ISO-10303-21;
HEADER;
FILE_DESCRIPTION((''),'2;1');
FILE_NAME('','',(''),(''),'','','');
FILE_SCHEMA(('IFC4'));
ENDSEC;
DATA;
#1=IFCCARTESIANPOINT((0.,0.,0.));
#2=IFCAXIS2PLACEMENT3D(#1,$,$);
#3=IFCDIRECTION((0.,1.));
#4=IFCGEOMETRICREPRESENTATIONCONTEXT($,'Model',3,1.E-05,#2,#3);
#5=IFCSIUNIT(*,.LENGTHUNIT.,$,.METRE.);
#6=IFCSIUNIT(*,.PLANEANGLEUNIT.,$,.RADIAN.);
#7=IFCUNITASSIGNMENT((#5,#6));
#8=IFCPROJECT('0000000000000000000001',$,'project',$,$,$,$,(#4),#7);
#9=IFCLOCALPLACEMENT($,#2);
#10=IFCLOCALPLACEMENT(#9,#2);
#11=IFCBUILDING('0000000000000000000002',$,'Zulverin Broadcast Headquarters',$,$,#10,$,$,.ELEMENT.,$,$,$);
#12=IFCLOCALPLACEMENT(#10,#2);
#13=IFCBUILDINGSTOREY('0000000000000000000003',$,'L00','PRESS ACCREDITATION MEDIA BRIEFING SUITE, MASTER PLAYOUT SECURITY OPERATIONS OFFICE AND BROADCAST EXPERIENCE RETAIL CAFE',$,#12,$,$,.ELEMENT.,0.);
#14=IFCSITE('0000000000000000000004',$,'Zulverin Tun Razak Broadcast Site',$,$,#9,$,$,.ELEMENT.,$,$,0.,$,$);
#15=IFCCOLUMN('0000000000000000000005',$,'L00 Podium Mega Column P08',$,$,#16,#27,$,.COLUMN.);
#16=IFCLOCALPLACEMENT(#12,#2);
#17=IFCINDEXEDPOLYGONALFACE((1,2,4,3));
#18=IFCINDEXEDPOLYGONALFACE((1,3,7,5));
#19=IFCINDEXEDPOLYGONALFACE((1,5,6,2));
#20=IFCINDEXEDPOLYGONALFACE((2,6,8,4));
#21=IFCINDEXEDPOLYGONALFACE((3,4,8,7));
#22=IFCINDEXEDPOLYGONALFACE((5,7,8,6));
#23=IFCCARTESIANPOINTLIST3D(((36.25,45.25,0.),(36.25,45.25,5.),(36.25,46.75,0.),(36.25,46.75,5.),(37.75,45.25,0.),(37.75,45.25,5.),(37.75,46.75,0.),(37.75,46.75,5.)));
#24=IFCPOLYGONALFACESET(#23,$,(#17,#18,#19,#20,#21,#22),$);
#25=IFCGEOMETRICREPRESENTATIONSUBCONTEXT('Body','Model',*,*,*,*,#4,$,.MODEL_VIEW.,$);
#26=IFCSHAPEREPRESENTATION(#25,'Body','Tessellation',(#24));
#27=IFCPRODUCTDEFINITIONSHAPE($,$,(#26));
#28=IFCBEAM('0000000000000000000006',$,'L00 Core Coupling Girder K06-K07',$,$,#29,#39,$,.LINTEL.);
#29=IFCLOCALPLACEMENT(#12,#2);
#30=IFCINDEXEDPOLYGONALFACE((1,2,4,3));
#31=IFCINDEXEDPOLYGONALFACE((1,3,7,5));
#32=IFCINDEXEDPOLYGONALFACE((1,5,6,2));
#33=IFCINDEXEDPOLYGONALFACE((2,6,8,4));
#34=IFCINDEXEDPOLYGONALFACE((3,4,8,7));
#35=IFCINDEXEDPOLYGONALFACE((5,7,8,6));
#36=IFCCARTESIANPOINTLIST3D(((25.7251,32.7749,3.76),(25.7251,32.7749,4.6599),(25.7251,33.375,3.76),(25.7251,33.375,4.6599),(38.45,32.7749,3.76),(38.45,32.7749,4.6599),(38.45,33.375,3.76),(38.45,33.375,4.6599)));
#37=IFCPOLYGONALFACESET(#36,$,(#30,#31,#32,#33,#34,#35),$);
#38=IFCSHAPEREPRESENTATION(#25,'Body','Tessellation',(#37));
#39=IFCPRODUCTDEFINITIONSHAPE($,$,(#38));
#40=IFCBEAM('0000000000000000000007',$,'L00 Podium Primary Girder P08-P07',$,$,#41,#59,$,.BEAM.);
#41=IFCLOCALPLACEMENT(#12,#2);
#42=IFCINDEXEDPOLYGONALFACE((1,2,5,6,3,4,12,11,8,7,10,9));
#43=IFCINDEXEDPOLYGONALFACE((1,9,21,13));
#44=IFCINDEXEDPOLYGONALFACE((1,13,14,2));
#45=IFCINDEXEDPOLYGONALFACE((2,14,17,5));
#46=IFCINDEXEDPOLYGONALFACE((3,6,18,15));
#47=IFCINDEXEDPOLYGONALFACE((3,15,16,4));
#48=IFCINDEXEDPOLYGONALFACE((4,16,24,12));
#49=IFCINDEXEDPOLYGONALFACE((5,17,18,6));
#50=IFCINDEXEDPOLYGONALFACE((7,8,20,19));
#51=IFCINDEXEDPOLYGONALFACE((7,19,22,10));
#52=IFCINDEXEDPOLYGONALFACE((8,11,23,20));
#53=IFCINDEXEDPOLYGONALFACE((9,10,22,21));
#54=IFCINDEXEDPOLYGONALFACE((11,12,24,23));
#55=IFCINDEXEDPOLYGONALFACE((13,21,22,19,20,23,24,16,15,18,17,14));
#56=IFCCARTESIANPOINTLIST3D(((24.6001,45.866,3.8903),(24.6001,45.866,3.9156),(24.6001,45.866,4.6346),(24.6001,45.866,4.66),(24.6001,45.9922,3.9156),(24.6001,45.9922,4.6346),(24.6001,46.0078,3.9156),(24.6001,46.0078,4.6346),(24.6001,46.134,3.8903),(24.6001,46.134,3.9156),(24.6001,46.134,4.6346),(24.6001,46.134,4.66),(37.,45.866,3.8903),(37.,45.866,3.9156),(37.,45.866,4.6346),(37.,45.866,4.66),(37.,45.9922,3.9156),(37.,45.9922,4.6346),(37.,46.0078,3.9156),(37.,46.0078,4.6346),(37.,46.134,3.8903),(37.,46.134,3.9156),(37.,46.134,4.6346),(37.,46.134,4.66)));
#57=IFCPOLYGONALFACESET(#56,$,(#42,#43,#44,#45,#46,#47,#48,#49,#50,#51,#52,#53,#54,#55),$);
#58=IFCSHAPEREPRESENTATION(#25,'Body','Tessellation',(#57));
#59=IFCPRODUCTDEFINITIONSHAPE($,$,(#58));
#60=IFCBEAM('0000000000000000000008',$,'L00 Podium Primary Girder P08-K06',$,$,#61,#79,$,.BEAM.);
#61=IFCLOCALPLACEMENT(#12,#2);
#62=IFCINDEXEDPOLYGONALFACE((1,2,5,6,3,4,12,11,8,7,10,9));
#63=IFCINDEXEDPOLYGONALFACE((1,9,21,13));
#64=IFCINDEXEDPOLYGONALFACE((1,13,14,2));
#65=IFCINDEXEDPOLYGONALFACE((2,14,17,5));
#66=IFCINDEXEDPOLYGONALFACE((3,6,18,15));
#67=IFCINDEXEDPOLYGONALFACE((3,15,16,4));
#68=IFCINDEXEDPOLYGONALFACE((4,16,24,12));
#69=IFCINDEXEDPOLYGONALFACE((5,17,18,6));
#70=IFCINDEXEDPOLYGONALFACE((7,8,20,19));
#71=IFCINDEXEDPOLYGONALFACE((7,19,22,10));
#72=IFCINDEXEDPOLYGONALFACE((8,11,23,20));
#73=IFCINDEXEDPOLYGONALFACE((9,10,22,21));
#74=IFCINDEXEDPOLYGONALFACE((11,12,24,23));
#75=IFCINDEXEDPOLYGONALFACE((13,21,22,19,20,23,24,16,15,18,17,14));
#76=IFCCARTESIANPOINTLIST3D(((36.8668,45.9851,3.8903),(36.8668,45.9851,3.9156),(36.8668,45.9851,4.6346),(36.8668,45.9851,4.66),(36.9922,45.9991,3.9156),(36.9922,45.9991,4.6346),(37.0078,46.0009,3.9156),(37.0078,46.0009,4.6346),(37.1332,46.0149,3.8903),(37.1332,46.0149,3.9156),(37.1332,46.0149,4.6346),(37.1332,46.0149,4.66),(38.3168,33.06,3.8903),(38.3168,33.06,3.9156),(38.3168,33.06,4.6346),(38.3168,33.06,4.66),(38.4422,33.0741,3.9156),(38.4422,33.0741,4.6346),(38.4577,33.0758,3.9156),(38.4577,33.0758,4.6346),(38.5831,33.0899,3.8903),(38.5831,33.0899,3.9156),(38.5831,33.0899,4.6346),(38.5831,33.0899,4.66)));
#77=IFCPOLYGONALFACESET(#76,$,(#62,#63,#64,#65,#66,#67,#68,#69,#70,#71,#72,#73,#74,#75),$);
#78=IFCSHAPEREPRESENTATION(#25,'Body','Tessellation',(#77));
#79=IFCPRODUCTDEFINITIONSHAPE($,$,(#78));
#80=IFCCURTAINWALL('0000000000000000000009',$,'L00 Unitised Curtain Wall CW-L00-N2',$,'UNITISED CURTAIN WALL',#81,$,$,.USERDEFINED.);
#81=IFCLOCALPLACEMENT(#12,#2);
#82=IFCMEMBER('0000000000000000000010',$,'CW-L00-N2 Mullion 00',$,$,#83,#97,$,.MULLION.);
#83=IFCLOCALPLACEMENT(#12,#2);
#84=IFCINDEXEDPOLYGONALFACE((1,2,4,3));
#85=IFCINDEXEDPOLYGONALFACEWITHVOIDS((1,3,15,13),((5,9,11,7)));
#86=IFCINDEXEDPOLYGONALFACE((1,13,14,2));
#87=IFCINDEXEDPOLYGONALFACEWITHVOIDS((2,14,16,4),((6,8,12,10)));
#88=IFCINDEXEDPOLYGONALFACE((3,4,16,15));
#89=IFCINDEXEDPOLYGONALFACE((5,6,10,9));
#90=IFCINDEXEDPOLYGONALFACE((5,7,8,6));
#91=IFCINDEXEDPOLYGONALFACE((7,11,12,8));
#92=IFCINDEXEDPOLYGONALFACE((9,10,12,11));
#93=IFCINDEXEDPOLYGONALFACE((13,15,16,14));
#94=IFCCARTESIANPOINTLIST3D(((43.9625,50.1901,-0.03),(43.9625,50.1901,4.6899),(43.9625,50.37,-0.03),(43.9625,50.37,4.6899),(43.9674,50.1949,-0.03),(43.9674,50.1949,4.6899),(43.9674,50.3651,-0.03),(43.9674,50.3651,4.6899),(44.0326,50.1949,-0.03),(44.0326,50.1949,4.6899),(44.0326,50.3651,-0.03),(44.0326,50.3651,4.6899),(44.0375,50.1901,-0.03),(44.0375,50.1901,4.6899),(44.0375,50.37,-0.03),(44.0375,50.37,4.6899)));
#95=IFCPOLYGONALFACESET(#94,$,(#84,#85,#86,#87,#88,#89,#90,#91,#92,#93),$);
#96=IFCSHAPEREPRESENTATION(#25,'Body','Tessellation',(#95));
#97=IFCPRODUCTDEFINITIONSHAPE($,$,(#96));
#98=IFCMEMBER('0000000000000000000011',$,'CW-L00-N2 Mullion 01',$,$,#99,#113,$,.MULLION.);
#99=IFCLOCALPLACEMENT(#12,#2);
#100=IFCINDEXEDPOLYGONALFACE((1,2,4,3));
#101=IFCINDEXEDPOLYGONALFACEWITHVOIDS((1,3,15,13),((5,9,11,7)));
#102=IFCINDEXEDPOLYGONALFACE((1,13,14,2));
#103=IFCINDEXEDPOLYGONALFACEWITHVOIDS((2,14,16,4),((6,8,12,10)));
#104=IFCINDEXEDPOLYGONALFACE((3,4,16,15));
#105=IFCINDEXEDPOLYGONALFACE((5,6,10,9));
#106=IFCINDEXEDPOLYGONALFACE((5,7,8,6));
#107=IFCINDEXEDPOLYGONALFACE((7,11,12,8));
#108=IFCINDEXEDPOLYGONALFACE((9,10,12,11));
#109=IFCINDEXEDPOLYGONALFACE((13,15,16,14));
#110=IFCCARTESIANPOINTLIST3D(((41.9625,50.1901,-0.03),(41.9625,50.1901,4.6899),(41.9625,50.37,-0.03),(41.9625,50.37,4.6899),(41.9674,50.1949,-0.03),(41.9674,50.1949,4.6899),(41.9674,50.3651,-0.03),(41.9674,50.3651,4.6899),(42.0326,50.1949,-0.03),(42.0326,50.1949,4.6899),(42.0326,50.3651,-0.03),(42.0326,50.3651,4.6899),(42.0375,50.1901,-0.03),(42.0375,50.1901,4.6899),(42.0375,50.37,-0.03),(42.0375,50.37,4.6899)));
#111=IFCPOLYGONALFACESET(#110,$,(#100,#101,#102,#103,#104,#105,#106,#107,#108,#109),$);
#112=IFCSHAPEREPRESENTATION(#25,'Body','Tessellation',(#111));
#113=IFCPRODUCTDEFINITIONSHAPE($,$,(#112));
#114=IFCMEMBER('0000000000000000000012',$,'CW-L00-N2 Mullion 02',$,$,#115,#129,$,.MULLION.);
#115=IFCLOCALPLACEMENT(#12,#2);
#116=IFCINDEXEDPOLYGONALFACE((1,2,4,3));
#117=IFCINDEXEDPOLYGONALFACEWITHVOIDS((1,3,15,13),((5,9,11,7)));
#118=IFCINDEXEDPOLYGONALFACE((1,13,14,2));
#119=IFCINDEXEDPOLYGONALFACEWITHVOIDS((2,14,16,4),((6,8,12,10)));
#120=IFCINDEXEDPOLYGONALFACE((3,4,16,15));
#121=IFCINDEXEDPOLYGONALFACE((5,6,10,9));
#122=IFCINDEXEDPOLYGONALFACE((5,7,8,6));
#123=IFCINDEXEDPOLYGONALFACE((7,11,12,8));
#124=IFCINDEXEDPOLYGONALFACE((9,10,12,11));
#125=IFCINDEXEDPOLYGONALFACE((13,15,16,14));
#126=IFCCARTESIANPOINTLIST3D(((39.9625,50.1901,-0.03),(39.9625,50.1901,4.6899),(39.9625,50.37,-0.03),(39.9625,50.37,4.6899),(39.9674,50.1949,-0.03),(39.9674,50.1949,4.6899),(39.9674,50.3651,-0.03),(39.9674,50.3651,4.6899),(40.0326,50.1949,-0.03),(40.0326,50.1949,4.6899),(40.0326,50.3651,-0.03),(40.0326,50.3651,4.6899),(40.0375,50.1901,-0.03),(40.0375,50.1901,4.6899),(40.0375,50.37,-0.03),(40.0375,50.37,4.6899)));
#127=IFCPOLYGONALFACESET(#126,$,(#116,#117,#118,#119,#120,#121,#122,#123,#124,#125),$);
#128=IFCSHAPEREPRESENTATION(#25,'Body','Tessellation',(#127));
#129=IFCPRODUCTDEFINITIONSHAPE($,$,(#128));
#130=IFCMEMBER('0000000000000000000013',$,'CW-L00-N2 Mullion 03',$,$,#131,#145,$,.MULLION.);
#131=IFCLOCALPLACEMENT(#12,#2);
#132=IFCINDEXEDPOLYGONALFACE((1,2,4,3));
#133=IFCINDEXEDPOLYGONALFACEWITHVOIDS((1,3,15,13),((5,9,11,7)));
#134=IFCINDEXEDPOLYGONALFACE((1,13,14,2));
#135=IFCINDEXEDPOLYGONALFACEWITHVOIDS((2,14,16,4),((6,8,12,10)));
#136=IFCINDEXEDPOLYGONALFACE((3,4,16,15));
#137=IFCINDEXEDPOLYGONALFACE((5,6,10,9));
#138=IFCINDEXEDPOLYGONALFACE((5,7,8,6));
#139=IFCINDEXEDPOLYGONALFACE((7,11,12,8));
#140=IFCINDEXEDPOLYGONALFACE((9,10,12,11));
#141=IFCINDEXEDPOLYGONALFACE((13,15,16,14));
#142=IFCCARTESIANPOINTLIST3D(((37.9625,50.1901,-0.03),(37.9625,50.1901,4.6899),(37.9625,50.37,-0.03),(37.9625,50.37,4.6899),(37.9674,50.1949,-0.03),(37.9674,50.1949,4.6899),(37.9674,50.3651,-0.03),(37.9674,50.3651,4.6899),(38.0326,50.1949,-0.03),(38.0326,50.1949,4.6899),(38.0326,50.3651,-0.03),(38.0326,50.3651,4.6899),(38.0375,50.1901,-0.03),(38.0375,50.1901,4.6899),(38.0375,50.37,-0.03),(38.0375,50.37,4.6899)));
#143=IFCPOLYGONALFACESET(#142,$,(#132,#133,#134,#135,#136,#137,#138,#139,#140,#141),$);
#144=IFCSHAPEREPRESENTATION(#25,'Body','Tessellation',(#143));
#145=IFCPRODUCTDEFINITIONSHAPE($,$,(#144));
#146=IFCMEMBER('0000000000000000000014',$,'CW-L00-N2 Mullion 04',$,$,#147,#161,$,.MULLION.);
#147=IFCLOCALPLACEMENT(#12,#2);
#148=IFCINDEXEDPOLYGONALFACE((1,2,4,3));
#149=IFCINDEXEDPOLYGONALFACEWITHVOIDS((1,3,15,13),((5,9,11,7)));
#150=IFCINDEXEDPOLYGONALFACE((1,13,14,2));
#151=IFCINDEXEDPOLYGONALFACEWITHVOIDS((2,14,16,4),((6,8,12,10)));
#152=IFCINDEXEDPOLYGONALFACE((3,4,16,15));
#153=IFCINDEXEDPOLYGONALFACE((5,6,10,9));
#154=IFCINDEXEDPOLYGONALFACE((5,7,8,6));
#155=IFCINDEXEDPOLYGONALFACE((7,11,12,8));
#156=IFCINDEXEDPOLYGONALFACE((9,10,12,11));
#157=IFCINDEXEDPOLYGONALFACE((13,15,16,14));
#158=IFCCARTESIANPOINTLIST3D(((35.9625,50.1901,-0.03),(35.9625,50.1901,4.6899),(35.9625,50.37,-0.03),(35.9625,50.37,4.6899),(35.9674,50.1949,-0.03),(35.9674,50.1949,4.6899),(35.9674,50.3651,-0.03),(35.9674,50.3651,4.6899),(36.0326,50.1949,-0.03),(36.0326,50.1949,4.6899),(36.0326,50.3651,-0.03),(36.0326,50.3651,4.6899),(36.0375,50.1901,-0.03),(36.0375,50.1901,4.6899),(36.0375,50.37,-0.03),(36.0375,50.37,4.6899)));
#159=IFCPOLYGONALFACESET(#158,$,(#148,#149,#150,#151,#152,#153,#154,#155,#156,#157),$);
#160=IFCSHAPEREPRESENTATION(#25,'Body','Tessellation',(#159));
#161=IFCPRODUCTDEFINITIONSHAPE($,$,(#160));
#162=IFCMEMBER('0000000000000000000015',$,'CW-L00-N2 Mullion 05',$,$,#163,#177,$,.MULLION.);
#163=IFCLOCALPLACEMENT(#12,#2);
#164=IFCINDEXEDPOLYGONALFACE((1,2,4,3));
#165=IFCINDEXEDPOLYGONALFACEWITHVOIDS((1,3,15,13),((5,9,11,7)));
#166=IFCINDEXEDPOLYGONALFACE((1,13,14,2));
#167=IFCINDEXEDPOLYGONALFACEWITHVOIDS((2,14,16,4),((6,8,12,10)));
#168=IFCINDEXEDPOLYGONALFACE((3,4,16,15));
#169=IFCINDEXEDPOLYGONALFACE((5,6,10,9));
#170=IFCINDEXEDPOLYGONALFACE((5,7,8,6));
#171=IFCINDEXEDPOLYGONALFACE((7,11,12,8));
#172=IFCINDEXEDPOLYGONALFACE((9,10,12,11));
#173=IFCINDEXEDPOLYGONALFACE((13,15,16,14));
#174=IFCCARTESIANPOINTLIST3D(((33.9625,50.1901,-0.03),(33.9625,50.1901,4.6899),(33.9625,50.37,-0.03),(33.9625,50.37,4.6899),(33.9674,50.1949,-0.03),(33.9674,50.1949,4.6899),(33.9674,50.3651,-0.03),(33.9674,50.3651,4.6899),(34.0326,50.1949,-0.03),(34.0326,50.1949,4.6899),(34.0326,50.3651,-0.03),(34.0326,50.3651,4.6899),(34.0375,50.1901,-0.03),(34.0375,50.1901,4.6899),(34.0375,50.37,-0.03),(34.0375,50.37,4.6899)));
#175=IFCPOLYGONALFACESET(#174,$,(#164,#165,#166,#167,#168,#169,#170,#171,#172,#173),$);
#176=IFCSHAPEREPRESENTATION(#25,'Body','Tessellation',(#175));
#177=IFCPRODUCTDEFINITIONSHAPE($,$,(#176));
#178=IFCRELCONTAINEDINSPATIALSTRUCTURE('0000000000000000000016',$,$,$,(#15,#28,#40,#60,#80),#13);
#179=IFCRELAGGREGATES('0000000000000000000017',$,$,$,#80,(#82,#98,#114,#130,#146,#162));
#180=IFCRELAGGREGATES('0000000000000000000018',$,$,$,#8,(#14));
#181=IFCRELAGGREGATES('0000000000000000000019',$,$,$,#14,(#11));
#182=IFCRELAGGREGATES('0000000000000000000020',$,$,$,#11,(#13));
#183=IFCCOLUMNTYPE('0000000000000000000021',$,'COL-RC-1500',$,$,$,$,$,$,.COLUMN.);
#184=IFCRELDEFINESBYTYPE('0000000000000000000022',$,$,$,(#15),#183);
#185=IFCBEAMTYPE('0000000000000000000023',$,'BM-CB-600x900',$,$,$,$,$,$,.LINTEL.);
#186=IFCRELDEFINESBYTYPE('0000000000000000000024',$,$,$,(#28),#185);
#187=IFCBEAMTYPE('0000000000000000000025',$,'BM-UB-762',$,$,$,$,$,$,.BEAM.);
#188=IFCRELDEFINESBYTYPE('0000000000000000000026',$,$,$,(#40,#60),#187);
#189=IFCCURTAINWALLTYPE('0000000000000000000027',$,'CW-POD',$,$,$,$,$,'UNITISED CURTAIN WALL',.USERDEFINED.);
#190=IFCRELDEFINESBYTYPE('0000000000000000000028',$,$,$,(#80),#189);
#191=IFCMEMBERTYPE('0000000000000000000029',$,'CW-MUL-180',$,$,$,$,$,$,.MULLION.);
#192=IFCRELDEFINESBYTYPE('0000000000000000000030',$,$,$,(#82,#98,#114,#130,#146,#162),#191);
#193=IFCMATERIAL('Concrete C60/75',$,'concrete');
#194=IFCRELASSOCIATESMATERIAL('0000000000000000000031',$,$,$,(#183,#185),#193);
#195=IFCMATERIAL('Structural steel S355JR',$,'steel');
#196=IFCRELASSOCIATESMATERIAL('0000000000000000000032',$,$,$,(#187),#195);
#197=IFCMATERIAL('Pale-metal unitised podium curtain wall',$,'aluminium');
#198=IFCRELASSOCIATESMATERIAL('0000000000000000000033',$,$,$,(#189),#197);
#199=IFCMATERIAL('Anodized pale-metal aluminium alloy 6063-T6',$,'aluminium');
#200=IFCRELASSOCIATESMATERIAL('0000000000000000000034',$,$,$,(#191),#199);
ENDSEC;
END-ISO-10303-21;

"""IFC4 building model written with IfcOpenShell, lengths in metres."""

from ifc_helpers import new_model, si_unit, direction, frame, origin, origin_2d, place, context, subcontext, project, spatial, rectangle, hollow_rectangle, i_section, extrude, material, material_profile, profile_set, type_object, element, aggregate, save


model = new_model("IFC4")

# Units and contexts
model_context = context("Model", 3, precision=1e-05, world=origin(), true_north=direction((0.0, 1.0)))
body_context = subcontext(model_context, "Body", "Model", "MODEL_VIEW")
ifc_project = project(units=[si_unit("LENGTHUNIT", "METRE"), si_unit("PLANEANGLEUNIT", "RADIAN")], contexts=[model_context])

# Site, building, storey
site_placement = place(None, origin())
site = spatial("IfcSite", under=ifc_project, at=site_placement, Name="Zulverin Tun Razak Broadcast Site", CompositionType="ELEMENT", RefElevation=0.0)
building_placement = place(site_placement, origin())
building = spatial("IfcBuilding", under=site, at=building_placement, Name="Zulverin Broadcast Headquarters", CompositionType="ELEMENT")
storey_placement = place(building_placement, origin())
storey = spatial("IfcBuildingStorey", under=building, at=storey_placement, Name="L00", Description="PRESS ACCREDITATION MEDIA BRIEFING SUITE, MASTER PLAYOUT SECURITY OPERATIONS OFFICE AND BROADCAST EXPERIENCE RETAIL CAFE", CompositionType="ELEMENT", Elevation=0.0)

# Column
ifc_material_1 = material(Name="Concrete C60/75", Category="concrete")
ifc_material_profile_1 = material_profile(ifc_material_1, rectangle(XDim=1.5, YDim=1.5, at=origin_2d()), Name="Concrete C60/75", Category="concrete")
ifc_profile_set_1 = profile_set([ifc_material_profile_1], Name="Concrete C60/75")
column_type = type_object("IfcColumnType", Name="COL-RC-1500", PredefinedType="COLUMN", material=ifc_profile_set_1)
column_placement = place(storey_placement, frame((37.0, 46.0, 0.0), z_axis=(0.0, 0.0, 1.0), x_axis=(1.0, 0.0, 0.0)))
element("IfcColumn", 1, at=column_placement, inside=storey, type_object=column_type, Name="L00 Podium Mega Column P08", PredefinedType="COLUMN", context=body_context, shape_type="SweptSolid", body=[
    extrude(rectangle(XDim=1.5, YDim=1.5, at=origin_2d()), origin(), (0.0, 0.0, 1.0), 5.0),
])

# Beams
ifc_material_profile_2 = material_profile(ifc_material_1, rectangle(XDim=0.6001, YDim=0.8999, at=origin_2d()), Name="Concrete C60/75", Category="concrete")
ifc_profile_set_2 = profile_set([ifc_material_profile_2], Name="Concrete C60/75")
beam_type_1 = type_object("IfcBeamType", Name="BM-CB-600x900", PredefinedType="LINTEL", material=ifc_profile_set_2)
beam_1_placement = place(storey_placement, frame((38.45, 33.075, 4.21), z_axis=(-1.0, 0.0, 0.0), x_axis=(0.0, -1.0, 0.0)))
element("IfcBeam", 2, at=beam_1_placement, inside=storey, type_object=beam_type_1, Name="L00 Core Coupling Girder K06-K07", PredefinedType="LINTEL", context=body_context, shape_type="SweptSolid", body=[
    extrude(rectangle(XDim=0.6001, YDim=0.8999, at=origin_2d()), origin(), (0.0, 0.0, 1.0), 12.7249),
])
ifc_material_2 = material(Name="Structural steel S355JR", Category="steel")
ifc_material_profile_3 = material_profile(ifc_material_2, i_section(OverallWidth=0.2681, OverallDepth=0.7698, WebThickness=0.0156, FlangeThickness=0.0254, at=origin_2d()), Name="Structural steel S355JR", Category="steel")
ifc_profile_set_3 = profile_set([ifc_material_profile_3], Name="Structural steel S355JR")
beam_type_2 = type_object("IfcBeamType", Name="BM-UB-762", PredefinedType="BEAM", material=ifc_profile_set_3)
beam_2_placement = place(storey_placement, frame((37.0, 46.0, 4.2751), z_axis=(-1.0, 0.0, 0.0), x_axis=(0.0, -1.0, 0.0)))
element("IfcBeam", 3, at=beam_2_placement, inside=storey, type_object=beam_type_2, Name="L00 Podium Primary Girder P08-P07", PredefinedType="BEAM", context=body_context, shape_type="SweptSolid", body=[
    extrude(i_section(OverallWidth=0.2681, OverallDepth=0.7698, WebThickness=0.0156, FlangeThickness=0.0254, at=origin_2d()), origin(), (0.0, 0.0, 1.0), 12.3999),
])
beam_3_placement = place(storey_placement, frame((37.0, 46.0, 4.2751), z_axis=(0.111482, -0.993766, 0.0), x_axis=(0.993766, 0.111482, 0.0)))
element("IfcBeam", 4, at=beam_3_placement, inside=storey, type_object=beam_type_2, Name="L00 Podium Primary Girder P08-K06", PredefinedType="BEAM", context=body_context, shape_type="SweptSolid", body=[
    extrude(i_section(OverallWidth=0.2681, OverallDepth=0.7698, WebThickness=0.0156, FlangeThickness=0.0254, at=origin_2d()), origin(), (0.0, 0.0, 1.0), 13.0061),
])

# Curtain wall, members
ifc_material_3 = material(Name="Pale-metal unitised podium curtain wall", Category="aluminium")
curtain_wall_type = type_object("IfcCurtainWallType", Name="CW-POD", ElementType="UNITISED CURTAIN WALL", PredefinedType="USERDEFINED", material=ifc_material_3)
curtain_wall_placement = place(storey_placement, origin())
curtain_wall = element("IfcCurtainWall", 5, at=curtain_wall_placement, inside=storey, type_object=curtain_wall_type, Name="L00 Unitised Curtain Wall CW-L00-N2", ObjectType="UNITISED CURTAIN WALL", PredefinedType="USERDEFINED")
ifc_material_4 = material(Name="Anodized pale-metal aluminium alloy 6063-T6", Category="aluminium")
ifc_material_profile_4 = material_profile(ifc_material_4, hollow_rectangle(XDim=0.075, YDim=0.1799, WallThickness=0.0049, at=origin_2d()), Name="Anodized pale-metal aluminium alloy 6063-T6", Category="aluminium")
ifc_profile_set_4 = profile_set([ifc_material_profile_4], Name="Anodized pale-metal aluminium alloy 6063-T6")
member_type_1 = type_object("IfcMemberType", Name="CW-MUL-180", PredefinedType="MULLION", material=ifc_profile_set_4)
member_1_placement = place(storey_placement, frame((44.0, 50.28, -0.03), z_axis=(0.0, 0.0, 1.0), x_axis=(-1.0, 0.0, 0.0)))
member_1 = element("IfcMember", 6, at=member_1_placement, type_object=member_type_1, Name="CW-L00-N2 Mullion 00", PredefinedType="MULLION", context=body_context, shape_type="SweptSolid", body=[
    extrude(hollow_rectangle(XDim=0.075, YDim=0.1799, WallThickness=0.0049, at=origin_2d()), origin(), (0.0, 0.0, 1.0), 4.72),
])
member_2_placement = place(storey_placement, frame((42.0, 50.28, -0.03), z_axis=(0.0, 0.0, 1.0), x_axis=(-1.0, 0.0, 0.0)))
member_2 = element("IfcMember", 7, at=member_2_placement, type_object=member_type_1, Name="CW-L00-N2 Mullion 01", PredefinedType="MULLION", context=body_context, shape_type="SweptSolid", body=[
    extrude(hollow_rectangle(XDim=0.075, YDim=0.1799, WallThickness=0.0049, at=origin_2d()), origin(), (0.0, 0.0, 1.0), 4.72),
])
member_3_placement = place(storey_placement, frame((40.0, 50.28, -0.03), z_axis=(0.0, 0.0, 1.0), x_axis=(-1.0, 0.0, 0.0)))
member_3 = element("IfcMember", 8, at=member_3_placement, type_object=member_type_1, Name="CW-L00-N2 Mullion 02", PredefinedType="MULLION", context=body_context, shape_type="SweptSolid", body=[
    extrude(hollow_rectangle(XDim=0.075, YDim=0.1799, WallThickness=0.0049, at=origin_2d()), origin(), (0.0, 0.0, 1.0), 4.72),
])
member_4_placement = place(storey_placement, frame((38.0, 50.28, -0.03), z_axis=(0.0, 0.0, 1.0), x_axis=(-1.0, 0.0, 0.0)))
member_4 = element("IfcMember", 9, at=member_4_placement, type_object=member_type_1, Name="CW-L00-N2 Mullion 03", PredefinedType="MULLION", context=body_context, shape_type="SweptSolid", body=[
    extrude(hollow_rectangle(XDim=0.075, YDim=0.1799, WallThickness=0.0049, at=origin_2d()), origin(), (0.0, 0.0, 1.0), 4.72),
])
member_5_placement = place(storey_placement, frame((36.0, 50.28, -0.03), z_axis=(0.0, 0.0, 1.0), x_axis=(-1.0, 0.0, 0.0)))
member_5 = element("IfcMember", 10, at=member_5_placement, type_object=member_type_1, Name="CW-L00-N2 Mullion 04", PredefinedType="MULLION", context=body_context, shape_type="SweptSolid", body=[
    extrude(hollow_rectangle(XDim=0.075, YDim=0.1799, WallThickness=0.0049, at=origin_2d()), origin(), (0.0, 0.0, 1.0), 4.72),
])
member_6_placement = place(storey_placement, frame((34.0, 50.28, -0.03), z_axis=(0.0, 0.0, 1.0), x_axis=(-1.0, 0.0, 0.0)))
member_6 = element("IfcMember", 11, at=member_6_placement, type_object=member_type_1, Name="CW-L00-N2 Mullion 05", PredefinedType="MULLION", context=body_context, shape_type="SweptSolid", body=[
    extrude(hollow_rectangle(XDim=0.075, YDim=0.1799, WallThickness=0.0049, at=origin_2d()), origin(), (0.0, 0.0, 1.0), 4.72),
])
aggregate(curtain_wall, [member_1, member_2, member_3, member_4, member_5, member_6])

save(model, "model.ifc")
